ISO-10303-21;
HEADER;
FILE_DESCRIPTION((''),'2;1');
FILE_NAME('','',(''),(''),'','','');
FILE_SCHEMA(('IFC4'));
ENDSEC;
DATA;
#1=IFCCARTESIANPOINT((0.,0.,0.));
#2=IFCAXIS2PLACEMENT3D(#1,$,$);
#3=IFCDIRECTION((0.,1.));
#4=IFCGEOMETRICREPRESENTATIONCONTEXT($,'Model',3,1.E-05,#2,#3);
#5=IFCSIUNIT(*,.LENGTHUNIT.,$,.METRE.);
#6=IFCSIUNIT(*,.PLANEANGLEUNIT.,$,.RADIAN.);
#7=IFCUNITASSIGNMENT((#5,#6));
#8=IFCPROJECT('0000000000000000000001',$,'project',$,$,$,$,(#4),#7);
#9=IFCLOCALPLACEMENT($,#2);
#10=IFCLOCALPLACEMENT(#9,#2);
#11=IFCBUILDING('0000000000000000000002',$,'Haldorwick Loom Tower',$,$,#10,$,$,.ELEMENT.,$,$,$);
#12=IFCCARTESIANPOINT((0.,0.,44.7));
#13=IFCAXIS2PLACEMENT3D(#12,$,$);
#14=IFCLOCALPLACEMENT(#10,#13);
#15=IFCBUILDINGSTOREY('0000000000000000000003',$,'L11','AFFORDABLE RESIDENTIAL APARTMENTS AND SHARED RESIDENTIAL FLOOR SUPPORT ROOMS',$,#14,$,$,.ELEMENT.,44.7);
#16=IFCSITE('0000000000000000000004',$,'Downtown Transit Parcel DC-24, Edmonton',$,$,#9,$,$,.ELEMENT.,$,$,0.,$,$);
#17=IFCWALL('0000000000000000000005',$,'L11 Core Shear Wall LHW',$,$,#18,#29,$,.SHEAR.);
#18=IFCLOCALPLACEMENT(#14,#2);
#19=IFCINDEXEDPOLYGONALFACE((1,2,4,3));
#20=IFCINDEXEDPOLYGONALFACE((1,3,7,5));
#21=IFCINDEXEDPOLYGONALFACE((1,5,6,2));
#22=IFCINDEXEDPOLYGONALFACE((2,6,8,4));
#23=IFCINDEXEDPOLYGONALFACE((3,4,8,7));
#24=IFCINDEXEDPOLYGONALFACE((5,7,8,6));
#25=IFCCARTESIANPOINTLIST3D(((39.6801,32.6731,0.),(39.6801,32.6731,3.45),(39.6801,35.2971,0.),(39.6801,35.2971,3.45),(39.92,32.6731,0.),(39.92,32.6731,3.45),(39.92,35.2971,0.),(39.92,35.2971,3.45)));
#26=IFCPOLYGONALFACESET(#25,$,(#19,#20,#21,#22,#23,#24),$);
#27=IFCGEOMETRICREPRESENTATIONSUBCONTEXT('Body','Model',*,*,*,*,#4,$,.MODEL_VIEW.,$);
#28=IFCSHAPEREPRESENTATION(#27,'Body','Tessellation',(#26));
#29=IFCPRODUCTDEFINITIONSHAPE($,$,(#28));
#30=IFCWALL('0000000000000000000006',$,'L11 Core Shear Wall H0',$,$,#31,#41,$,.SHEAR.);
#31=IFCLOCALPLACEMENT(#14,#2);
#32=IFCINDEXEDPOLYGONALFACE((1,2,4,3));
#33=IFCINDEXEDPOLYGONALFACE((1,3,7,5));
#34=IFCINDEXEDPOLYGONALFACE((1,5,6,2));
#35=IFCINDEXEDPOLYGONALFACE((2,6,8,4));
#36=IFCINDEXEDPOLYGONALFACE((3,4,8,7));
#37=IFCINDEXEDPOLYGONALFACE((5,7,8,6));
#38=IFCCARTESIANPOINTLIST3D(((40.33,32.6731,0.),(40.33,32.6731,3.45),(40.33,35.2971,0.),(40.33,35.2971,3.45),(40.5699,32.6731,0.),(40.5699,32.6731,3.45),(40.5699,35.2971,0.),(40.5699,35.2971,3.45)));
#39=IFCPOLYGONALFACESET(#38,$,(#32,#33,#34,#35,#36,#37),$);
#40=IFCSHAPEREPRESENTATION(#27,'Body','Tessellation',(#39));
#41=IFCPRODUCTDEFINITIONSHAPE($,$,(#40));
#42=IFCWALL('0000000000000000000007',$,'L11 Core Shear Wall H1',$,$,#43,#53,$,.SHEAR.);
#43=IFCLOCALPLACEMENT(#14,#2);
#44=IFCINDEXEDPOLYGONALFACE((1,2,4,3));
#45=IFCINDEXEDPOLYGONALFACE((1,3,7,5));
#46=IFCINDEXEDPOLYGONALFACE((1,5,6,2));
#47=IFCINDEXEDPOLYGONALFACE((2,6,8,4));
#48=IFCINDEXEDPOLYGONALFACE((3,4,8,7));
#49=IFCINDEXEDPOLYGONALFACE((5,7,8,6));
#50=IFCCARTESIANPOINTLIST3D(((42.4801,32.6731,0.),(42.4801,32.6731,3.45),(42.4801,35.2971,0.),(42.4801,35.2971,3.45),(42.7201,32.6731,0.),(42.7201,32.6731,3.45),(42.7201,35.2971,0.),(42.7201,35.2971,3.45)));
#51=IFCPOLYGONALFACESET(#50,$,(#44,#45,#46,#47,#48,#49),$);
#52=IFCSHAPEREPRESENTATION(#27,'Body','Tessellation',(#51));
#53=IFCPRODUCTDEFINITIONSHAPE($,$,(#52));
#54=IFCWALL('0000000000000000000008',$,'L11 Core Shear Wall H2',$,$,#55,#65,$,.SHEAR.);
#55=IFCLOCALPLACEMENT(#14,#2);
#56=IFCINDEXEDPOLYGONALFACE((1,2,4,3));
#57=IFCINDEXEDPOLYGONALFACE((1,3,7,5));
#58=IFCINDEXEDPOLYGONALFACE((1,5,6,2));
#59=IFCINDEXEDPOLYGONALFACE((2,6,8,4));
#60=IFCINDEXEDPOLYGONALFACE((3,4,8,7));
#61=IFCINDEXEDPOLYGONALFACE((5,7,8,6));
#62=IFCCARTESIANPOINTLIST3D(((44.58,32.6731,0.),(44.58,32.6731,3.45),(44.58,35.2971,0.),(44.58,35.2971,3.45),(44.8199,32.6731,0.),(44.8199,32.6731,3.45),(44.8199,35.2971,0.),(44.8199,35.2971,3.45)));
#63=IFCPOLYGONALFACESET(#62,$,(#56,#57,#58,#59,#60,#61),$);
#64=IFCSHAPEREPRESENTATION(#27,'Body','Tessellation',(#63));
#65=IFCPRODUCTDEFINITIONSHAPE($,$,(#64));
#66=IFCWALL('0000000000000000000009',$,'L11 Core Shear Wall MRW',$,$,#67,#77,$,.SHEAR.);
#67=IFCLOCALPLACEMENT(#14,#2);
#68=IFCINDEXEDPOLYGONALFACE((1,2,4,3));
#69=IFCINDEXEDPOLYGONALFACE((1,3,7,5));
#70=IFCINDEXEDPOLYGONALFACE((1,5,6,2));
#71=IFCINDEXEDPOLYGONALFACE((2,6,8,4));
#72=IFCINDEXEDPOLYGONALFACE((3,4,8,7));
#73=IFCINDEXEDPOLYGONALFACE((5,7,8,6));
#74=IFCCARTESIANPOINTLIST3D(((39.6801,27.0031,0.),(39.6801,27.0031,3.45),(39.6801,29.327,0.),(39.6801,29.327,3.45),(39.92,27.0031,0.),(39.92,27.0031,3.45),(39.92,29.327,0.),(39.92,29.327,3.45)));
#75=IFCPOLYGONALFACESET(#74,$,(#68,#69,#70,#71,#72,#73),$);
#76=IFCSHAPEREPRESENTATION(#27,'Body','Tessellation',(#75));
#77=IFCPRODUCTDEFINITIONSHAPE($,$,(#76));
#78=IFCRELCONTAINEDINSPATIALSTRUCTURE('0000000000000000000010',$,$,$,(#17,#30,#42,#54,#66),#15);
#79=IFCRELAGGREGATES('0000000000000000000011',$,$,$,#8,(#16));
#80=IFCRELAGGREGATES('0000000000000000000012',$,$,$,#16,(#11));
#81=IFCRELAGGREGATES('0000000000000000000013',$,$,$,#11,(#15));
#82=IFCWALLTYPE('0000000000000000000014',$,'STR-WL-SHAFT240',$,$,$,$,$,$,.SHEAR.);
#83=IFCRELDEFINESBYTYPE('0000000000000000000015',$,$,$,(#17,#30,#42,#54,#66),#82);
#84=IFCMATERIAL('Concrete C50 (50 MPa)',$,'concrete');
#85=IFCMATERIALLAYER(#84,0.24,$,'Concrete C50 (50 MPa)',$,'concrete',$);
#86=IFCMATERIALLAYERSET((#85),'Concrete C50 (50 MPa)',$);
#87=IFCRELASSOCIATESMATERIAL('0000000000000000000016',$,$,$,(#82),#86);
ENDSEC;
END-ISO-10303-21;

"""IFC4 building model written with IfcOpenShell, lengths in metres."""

from ifc_helpers import new_model, si_unit, direction, frame, frame_2d, origin, place, context, subcontext, project, spatial, rectangle, extrude, material, layer, layer_set, type_object, element, save


model = new_model("IFC4")

# Units and contexts
model_context = context("Model", 3, precision=1e-05, world=origin(), true_north=direction((0.0, 1.0)))
body_context = subcontext(model_context, "Body", "Model", "MODEL_VIEW")
ifc_project = project(units=[si_unit("LENGTHUNIT", "METRE"), si_unit("PLANEANGLEUNIT", "RADIAN")], contexts=[model_context])

# Site, building, storey
site_placement = place(None, origin())
site = spatial("IfcSite", under=ifc_project, at=site_placement, Name="Downtown Transit Parcel DC-24, Edmonton", CompositionType="ELEMENT", RefElevation=0.0)
building_placement = place(site_placement, origin())
building = spatial("IfcBuilding", under=site, at=building_placement, Name="Haldorwick Loom Tower", CompositionType="ELEMENT")
storey_placement = place(building_placement, frame((0.0, 0.0, 44.7)))
storey = spatial("IfcBuildingStorey", under=building, at=storey_placement, Name="L11", Description="AFFORDABLE RESIDENTIAL APARTMENTS AND SHARED RESIDENTIAL FLOOR SUPPORT ROOMS", CompositionType="ELEMENT", Elevation=44.7)

# Shared definitions
ifc_material_1 = material(Name="Concrete C50 (50 MPa)", Category="concrete")
ifc_layer_1 = layer(ifc_material_1, 0.24, Name="Concrete C50 (50 MPa)", Category="concrete")
ifc_layer_set_1 = layer_set([ifc_layer_1], Name="Concrete C50 (50 MPa)")
wall_type_1 = type_object("IfcWallType", Name="STR-WL-SHAFT240", PredefinedType="SHEAR", material=ifc_layer_set_1)

# Walls
for number, where, z_axis, x_axis, name in (
    (1, (39.8, 32.6731, 0.0), (0.0, 0.0, 1.0), (0.0, 1.0, 0.0), "L11 Core Shear Wall LHW"),
    (2, (40.45, 32.6731, 0.0), (0.0, 0.0, 1.0), (0.0, 1.0, 0.0), "L11 Core Shear Wall H0"),
    (3, (42.6001, 32.6731, 0.0), (0.0, 0.0, 1.0), (0.0, 1.0, 0.0), "L11 Core Shear Wall H1"),
    (4, (44.7, 32.6731, 0.0), (0.0, 0.0, 1.0), (0.0, 1.0, 0.0), "L11 Core Shear Wall H2"),
):
    element("IfcWall", number, at=place(storey_placement, frame(where, z_axis=z_axis, x_axis=x_axis)), inside=storey, type_object=wall_type_1, Name=name, PredefinedType="SHEAR", context=body_context, shape_type="SweptSolid", body=[
        extrude(rectangle(XDim=2.624, YDim=0.24, at=frame_2d((1.312, 0.0))), origin(), (0.0, 0.0, 1.0), 3.45),
    ])
wall_1_placement = place(storey_placement, frame((39.8, 27.0029, 0.0), z_axis=(0.0, 0.0, 1.0), x_axis=(0.0, 1.0, 0.0)))
element("IfcWall", 5, at=wall_1_placement, inside=storey, type_object=wall_type_1, Name="L11 Core Shear Wall MRW", PredefinedType="SHEAR", context=body_context, shape_type="SweptSolid", body=[
    extrude(rectangle(XDim=2.324, YDim=0.24, at=frame_2d((1.1621, 0.0))), origin(), (0.0, 0.0, 1.0), 3.45),
])

save(model, "model.ifc")
